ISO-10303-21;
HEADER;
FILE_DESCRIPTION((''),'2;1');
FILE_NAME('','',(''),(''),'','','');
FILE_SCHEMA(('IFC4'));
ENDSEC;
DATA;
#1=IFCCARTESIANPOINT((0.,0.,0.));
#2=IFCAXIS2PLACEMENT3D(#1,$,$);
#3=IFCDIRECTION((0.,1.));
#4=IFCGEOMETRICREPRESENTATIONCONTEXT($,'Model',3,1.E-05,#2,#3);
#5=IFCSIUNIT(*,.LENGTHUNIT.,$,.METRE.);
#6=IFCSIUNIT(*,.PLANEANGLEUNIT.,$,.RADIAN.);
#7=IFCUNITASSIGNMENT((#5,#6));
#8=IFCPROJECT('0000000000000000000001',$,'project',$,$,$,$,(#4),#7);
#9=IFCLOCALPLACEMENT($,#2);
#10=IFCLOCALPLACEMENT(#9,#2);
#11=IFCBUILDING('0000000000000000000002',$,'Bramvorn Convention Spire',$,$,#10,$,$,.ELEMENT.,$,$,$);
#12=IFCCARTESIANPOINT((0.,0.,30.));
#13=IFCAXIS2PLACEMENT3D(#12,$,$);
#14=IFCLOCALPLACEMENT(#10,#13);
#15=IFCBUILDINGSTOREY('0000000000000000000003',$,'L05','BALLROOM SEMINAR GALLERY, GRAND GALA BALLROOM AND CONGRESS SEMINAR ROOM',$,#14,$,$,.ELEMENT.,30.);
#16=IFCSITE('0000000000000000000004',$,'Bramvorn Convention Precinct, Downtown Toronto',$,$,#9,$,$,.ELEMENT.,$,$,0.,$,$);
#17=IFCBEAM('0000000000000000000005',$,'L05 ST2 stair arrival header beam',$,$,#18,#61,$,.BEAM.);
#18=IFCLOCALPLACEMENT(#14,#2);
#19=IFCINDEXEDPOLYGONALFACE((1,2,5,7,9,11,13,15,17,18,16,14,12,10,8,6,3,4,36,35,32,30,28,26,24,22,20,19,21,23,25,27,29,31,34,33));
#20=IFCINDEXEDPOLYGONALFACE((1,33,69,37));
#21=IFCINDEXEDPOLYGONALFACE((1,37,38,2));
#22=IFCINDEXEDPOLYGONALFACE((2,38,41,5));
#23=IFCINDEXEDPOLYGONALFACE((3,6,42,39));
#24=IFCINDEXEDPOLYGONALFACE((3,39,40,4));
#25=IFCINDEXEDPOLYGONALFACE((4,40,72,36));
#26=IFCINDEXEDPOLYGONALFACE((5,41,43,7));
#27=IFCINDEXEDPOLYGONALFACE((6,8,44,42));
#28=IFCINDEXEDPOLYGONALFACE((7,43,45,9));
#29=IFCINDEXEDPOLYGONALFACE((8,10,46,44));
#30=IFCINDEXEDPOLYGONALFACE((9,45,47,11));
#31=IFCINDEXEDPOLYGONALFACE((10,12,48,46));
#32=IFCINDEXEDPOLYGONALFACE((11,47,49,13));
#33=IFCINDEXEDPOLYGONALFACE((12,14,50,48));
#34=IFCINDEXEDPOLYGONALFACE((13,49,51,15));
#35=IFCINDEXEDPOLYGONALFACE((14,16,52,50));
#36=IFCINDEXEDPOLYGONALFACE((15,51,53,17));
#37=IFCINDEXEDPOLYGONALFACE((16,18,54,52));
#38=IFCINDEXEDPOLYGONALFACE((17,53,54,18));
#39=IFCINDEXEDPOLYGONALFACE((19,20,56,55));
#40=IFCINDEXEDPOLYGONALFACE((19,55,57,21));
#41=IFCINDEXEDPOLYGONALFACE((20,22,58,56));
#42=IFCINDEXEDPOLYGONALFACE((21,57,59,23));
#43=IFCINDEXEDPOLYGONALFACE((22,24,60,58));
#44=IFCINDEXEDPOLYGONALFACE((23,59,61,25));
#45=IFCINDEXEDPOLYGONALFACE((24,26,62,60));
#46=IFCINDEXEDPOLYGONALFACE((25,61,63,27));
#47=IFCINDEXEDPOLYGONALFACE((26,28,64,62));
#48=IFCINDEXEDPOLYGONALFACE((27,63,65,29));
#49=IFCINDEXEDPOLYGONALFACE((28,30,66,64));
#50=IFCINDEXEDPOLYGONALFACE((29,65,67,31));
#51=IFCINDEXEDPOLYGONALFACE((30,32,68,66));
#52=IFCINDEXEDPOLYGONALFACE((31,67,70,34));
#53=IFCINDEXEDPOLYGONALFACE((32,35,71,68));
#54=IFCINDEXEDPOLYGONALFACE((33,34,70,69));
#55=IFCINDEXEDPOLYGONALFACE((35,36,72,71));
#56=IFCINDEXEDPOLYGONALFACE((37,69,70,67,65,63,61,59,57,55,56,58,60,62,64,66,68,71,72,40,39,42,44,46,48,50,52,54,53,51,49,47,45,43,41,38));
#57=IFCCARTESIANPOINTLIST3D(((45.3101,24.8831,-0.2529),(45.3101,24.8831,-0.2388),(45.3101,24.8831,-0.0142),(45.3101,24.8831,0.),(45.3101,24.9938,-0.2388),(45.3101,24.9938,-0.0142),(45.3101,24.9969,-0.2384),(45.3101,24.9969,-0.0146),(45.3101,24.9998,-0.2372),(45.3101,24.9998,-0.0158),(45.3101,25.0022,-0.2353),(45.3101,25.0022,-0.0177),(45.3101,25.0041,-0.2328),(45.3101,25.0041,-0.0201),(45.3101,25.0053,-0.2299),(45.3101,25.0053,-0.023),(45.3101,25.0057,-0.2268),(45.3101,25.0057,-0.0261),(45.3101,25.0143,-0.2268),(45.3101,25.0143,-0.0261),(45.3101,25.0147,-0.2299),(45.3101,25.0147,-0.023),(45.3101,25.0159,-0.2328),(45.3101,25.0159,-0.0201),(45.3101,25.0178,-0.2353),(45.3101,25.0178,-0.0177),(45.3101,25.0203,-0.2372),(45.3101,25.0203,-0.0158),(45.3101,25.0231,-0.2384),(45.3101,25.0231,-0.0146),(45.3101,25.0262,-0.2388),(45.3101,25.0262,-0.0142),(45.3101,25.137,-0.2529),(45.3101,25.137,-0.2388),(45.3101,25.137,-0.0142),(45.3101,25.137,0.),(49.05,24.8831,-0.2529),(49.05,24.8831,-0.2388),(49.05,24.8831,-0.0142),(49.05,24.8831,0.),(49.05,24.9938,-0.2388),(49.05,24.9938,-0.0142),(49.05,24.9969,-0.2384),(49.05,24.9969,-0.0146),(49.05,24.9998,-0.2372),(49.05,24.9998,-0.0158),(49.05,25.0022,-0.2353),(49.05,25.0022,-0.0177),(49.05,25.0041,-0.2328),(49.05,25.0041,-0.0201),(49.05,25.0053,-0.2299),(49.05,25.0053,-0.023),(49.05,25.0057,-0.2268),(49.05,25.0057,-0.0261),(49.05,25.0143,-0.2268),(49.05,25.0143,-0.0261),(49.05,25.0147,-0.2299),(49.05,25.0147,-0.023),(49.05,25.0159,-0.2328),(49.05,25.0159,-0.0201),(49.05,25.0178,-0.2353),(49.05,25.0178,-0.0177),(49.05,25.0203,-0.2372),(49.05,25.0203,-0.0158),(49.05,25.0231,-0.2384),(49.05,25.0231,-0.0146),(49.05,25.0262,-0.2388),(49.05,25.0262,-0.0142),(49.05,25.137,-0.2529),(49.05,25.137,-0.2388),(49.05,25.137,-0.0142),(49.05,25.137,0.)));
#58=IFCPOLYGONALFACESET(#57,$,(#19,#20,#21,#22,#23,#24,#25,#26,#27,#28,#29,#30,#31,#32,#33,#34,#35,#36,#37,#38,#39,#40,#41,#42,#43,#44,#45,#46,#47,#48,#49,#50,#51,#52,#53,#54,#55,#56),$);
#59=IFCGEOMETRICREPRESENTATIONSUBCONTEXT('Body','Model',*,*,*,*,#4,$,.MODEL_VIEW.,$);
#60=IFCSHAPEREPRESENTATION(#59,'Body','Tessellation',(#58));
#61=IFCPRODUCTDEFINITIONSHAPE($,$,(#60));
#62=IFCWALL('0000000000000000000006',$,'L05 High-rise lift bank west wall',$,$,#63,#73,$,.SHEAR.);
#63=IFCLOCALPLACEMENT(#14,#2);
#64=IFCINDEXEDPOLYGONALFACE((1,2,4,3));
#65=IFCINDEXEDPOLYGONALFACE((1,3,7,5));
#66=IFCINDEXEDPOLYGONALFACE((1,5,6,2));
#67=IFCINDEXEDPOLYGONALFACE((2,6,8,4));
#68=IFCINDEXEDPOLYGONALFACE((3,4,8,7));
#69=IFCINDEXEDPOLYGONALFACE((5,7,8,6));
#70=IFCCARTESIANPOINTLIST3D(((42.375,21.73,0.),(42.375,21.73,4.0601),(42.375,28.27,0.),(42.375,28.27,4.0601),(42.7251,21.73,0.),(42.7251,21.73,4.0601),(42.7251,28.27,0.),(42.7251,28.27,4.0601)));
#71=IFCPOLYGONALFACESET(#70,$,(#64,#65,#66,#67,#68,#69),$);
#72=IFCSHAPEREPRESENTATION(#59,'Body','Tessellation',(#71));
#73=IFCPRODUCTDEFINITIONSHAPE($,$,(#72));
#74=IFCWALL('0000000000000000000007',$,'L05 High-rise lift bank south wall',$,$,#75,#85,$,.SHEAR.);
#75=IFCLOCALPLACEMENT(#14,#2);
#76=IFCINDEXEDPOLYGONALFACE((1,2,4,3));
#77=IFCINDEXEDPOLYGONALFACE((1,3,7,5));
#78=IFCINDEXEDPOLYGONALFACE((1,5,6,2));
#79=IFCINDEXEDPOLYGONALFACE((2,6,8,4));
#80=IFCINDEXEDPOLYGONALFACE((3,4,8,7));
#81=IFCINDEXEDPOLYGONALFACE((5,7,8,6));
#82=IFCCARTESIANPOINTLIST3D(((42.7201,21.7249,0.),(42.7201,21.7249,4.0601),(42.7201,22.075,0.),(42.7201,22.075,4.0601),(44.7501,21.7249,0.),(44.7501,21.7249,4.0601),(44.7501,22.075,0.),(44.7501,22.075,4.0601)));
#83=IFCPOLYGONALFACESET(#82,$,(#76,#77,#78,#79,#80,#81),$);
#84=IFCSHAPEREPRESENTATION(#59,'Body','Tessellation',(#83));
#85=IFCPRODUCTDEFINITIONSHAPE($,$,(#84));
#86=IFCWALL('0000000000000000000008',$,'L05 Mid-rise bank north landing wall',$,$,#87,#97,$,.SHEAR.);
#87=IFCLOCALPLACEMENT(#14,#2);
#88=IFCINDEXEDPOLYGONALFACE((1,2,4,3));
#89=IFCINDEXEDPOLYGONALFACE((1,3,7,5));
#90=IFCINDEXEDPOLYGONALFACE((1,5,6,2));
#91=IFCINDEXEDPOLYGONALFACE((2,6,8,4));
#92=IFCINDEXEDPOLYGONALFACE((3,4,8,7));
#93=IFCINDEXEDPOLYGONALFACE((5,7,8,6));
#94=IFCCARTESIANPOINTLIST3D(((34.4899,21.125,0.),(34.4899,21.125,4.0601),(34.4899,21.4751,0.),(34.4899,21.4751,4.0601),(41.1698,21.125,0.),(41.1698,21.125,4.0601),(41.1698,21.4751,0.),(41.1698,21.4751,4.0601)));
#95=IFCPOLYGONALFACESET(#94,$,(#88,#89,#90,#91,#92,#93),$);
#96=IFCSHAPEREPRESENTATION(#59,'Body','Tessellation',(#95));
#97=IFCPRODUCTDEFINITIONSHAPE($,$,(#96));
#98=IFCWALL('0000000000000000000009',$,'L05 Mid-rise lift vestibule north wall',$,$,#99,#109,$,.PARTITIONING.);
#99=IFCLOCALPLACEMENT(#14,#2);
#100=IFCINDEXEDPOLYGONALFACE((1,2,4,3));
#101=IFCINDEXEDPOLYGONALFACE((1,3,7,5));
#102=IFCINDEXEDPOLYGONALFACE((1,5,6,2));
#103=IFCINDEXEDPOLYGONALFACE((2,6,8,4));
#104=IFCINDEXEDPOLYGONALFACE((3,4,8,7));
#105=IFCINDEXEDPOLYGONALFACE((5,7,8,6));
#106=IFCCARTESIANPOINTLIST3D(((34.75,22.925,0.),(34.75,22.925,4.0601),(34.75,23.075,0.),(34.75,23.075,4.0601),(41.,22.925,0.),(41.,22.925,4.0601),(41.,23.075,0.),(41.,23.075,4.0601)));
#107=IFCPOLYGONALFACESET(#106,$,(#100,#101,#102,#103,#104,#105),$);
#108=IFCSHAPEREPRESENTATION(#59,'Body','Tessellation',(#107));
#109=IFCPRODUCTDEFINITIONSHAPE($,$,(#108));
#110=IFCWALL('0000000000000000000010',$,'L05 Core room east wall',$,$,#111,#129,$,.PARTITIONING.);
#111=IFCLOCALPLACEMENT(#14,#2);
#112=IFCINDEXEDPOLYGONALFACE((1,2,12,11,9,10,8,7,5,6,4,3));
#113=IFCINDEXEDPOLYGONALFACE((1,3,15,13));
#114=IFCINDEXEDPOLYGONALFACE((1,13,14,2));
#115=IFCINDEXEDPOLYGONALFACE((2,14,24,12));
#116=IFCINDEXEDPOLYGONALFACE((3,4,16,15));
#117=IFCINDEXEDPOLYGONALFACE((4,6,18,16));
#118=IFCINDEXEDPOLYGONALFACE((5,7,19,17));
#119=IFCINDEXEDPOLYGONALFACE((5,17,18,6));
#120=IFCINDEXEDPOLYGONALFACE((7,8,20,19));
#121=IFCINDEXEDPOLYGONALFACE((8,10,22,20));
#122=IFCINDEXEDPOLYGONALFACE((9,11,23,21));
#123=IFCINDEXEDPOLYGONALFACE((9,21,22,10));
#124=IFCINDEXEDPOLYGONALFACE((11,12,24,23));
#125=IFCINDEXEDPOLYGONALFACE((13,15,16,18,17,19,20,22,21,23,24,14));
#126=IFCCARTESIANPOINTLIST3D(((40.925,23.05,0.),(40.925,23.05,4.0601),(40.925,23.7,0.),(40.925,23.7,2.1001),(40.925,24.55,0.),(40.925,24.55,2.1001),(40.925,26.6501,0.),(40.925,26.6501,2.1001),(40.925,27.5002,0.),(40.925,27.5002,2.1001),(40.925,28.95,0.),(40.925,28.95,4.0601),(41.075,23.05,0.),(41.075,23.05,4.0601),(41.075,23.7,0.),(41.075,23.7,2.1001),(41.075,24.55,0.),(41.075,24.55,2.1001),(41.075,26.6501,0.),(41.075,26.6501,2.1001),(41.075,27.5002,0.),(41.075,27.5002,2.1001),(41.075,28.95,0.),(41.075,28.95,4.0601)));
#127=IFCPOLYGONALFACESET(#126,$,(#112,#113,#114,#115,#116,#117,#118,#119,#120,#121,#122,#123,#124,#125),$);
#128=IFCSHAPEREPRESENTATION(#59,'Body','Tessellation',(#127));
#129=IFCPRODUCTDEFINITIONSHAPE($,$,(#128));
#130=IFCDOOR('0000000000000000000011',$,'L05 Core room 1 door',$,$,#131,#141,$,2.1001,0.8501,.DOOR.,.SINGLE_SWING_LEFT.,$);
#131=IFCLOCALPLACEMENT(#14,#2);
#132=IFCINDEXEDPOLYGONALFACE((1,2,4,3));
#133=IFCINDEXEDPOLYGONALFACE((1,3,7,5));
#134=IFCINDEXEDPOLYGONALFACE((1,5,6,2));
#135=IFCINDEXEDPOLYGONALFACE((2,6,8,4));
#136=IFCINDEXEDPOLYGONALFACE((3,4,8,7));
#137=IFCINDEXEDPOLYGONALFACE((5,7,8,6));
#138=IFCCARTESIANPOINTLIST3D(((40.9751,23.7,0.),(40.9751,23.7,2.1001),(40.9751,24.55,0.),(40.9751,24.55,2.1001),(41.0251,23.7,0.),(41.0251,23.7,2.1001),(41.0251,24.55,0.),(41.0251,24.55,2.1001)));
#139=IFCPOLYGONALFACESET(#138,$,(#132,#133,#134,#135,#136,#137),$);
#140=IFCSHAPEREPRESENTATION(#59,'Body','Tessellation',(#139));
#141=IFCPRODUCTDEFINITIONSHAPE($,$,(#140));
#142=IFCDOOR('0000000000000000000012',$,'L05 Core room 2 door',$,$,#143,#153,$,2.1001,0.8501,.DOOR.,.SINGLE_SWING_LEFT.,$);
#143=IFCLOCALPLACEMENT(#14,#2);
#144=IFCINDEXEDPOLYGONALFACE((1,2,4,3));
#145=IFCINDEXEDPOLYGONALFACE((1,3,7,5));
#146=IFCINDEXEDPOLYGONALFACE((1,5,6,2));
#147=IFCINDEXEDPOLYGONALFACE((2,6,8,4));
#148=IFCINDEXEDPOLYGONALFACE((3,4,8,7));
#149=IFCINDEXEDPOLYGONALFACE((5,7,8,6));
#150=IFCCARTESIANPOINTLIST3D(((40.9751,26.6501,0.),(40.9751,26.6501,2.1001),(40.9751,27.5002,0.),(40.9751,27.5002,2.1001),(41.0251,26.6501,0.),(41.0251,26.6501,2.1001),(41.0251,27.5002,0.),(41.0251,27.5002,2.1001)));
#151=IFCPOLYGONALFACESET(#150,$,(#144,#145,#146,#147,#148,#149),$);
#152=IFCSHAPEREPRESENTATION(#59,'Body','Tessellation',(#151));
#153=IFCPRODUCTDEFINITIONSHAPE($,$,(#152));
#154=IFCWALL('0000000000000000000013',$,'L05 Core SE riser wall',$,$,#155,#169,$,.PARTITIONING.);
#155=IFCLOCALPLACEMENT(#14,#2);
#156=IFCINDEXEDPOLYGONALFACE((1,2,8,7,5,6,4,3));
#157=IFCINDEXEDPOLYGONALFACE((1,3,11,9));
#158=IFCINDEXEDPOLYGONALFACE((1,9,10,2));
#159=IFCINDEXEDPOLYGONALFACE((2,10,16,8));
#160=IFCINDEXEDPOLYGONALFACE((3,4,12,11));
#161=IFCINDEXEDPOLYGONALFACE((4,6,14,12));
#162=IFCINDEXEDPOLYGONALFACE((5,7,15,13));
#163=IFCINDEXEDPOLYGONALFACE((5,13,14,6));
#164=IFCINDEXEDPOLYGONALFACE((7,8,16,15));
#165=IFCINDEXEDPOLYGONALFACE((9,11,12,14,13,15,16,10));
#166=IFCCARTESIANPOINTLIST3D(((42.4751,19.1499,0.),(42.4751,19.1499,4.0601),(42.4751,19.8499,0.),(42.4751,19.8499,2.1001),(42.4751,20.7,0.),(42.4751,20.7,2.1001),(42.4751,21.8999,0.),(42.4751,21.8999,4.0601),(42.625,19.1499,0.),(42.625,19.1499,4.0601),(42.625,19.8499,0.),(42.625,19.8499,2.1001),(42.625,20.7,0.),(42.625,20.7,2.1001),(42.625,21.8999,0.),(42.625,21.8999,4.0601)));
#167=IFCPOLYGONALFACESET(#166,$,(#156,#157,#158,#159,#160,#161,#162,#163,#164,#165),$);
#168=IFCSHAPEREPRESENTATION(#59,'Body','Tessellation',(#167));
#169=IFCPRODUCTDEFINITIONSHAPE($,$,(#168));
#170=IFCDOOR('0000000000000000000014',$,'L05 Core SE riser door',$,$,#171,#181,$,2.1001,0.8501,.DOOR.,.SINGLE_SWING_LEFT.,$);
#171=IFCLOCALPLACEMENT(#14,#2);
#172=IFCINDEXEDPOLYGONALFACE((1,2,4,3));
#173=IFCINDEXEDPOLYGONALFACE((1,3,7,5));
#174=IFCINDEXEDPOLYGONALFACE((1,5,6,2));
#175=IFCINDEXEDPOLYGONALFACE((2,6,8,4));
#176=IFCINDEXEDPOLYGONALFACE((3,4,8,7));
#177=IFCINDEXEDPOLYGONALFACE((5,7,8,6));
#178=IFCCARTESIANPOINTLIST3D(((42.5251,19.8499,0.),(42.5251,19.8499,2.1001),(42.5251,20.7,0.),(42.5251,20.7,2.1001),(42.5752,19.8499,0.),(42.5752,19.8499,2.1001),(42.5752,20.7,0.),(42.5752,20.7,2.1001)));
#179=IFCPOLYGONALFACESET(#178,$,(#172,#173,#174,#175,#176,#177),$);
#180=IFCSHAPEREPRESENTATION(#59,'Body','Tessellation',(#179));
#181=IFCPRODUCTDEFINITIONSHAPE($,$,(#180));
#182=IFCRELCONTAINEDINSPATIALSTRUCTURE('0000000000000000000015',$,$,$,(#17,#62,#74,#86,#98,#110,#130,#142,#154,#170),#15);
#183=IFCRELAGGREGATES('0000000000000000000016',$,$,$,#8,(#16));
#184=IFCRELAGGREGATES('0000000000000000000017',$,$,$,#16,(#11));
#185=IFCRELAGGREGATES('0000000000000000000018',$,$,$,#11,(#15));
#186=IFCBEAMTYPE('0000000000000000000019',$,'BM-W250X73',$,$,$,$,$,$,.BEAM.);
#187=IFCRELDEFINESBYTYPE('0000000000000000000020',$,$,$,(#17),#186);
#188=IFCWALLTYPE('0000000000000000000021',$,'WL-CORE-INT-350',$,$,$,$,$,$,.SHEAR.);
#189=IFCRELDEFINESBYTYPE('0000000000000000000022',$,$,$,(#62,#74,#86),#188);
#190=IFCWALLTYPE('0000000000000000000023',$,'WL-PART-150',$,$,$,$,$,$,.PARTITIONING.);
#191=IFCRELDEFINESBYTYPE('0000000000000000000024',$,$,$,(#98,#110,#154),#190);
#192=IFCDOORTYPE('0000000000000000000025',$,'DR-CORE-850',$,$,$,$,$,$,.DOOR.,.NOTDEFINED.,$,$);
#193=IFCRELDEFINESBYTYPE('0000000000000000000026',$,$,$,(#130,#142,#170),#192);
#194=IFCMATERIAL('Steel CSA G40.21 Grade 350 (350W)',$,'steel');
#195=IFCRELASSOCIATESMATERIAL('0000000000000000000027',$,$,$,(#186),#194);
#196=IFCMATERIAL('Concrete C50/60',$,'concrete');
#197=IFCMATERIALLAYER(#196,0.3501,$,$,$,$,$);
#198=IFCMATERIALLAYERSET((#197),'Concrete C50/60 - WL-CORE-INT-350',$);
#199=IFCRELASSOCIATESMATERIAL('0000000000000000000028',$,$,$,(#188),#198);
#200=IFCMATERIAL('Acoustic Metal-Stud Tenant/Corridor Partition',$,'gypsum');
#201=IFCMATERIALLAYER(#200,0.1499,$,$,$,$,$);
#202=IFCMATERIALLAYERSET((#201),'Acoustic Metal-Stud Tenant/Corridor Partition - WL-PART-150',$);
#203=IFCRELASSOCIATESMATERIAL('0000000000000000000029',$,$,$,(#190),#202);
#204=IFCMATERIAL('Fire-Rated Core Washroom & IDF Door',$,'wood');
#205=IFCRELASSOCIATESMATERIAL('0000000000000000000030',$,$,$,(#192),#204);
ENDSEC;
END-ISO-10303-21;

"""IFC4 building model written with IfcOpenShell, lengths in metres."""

from ifc_helpers import new_model, si_unit, direction, frame, frame_2d, origin, origin_2d, place, context, subcontext, project, spatial, rectangle, i_section, extrude, material, layer, layer_set, material_profile, profile_set, type_object, element, fill, save


model = new_model("IFC4")

# Units and contexts
model_context = context("Model", 3, precision=1e-05, world=origin(), true_north=direction((0.0, 1.0)))
body_context = subcontext(model_context, "Body", "Model", "MODEL_VIEW")
ifc_project = project(units=[si_unit("LENGTHUNIT", "METRE"), si_unit("PLANEANGLEUNIT", "RADIAN")], contexts=[model_context])

# Site, building, storey
site_placement = place(None, origin())
site = spatial("IfcSite", under=ifc_project, at=site_placement, Name="Bramvorn Convention Precinct, Downtown Toronto", CompositionType="ELEMENT", RefElevation=0.0)
building_placement = place(site_placement, origin())
building = spatial("IfcBuilding", under=site, at=building_placement, Name="Bramvorn Convention Spire", CompositionType="ELEMENT")
storey_placement = place(building_placement, frame((0.0, 0.0, 30.0)))
storey = spatial("IfcBuildingStorey", under=building, at=storey_placement, Name="L05", Description="BALLROOM SEMINAR GALLERY, GRAND GALA BALLROOM AND CONGRESS SEMINAR ROOM", CompositionType="ELEMENT", Elevation=30.0)

# Beam
ifc_material_1 = material(Name="Steel CSA G40.21 Grade 350 (350W)", Category="steel")
ifc_material_profile = material_profile(ifc_material_1, i_section(OverallWidth=0.2539, OverallDepth=0.2529, WebThickness=0.0085, FlangeThickness=0.0142, FilletRadius=0.012, at=origin_2d()))
ifc_profile_set = profile_set([ifc_material_profile], Name="Steel CSA G40.21 Grade 350 (350W) - W250X73")
beam_type = type_object("IfcBeamType", Name="BM-W250X73", PredefinedType="BEAM", material=ifc_profile_set)
beam_placement = place(storey_placement, frame((45.3101, 25.01, -0.1265), z_axis=(1.0, 0.0, 0.0), x_axis=(0.0, 1.0, 0.0)))
element("IfcBeam", 1, at=beam_placement, inside=storey, type_object=beam_type, Name="L05 ST2 stair arrival header beam", PredefinedType="BEAM", context=body_context, shape_type="SweptSolid", body=[
    extrude(i_section(OverallWidth=0.2539, OverallDepth=0.2529, WebThickness=0.0085, FlangeThickness=0.0142, FilletRadius=0.012, at=origin_2d()), origin(), (0.0, 0.0, 1.0), 3.74),
])

# Walls
ifc_material_2 = material(Name="Concrete C50/60", Category="concrete")
ifc_layer_1 = layer(ifc_material_2, 0.3501)
ifc_layer_set_1 = layer_set([ifc_layer_1], Name="Concrete C50/60 - WL-CORE-INT-350")
wall_type_1 = type_object("IfcWallType", Name="WL-CORE-INT-350", PredefinedType="SHEAR", material=ifc_layer_set_1)
wall_1_placement = place(storey_placement, frame((42.55, 21.73, 0.0), z_axis=(0.0, 0.0, 1.0), x_axis=(0.0, 1.0, 0.0)))
element("IfcWall", 2, at=wall_1_placement, inside=storey, type_object=wall_type_1, Name="L05 High-rise lift bank west wall", PredefinedType="SHEAR", context=body_context, shape_type="SweptSolid", body=[
    extrude(rectangle(XDim=6.54, YDim=0.3501, at=frame_2d((3.27, 0.0))), origin(), (0.0, 0.0, 1.0), 4.0601),
])
wall_2_placement = place(storey_placement, frame((42.72, 21.8999, 0.0), z_axis=(0.0, 0.0, 1.0), x_axis=(1.0, 0.0, 0.0)))
element("IfcWall", 3, at=wall_2_placement, inside=storey, type_object=wall_type_1, Name="L05 High-rise lift bank south wall", PredefinedType="SHEAR", context=body_context, shape_type="SweptSolid", body=[
    extrude(rectangle(XDim=2.03, YDim=0.3501, at=frame_2d((1.0151, 0.0))), origin(), (0.0, 0.0, 1.0), 4.0601),
])
wall_3_placement = place(storey_placement, frame((34.49, 21.3, 0.0), z_axis=(0.0, 0.0, 1.0), x_axis=(1.0, 0.0, 0.0)))
element("IfcWall", 4, at=wall_3_placement, inside=storey, type_object=wall_type_1, Name="L05 Mid-rise bank north landing wall", PredefinedType="SHEAR", context=body_context, shape_type="SweptSolid", body=[
    extrude(rectangle(XDim=6.6799, YDim=0.3501, at=frame_2d((3.3398, 0.0))), origin(), (0.0, 0.0, 1.0), 4.0601),
])
ifc_material_3 = material(Name="Acoustic Metal-Stud Tenant/Corridor Partition", Category="gypsum")
ifc_layer_2 = layer(ifc_material_3, 0.1499)
ifc_layer_set_2 = layer_set([ifc_layer_2], Name="Acoustic Metal-Stud Tenant/Corridor Partition - WL-PART-150")
wall_type_2 = type_object("IfcWallType", Name="WL-PART-150", PredefinedType="PARTITIONING", material=ifc_layer_set_2)
wall_4_placement = place(storey_placement, frame((34.75, 23.0, 0.0), z_axis=(0.0, 0.0, 1.0), x_axis=(1.0, 0.0, 0.0)))
element("IfcWall", 5, at=wall_4_placement, inside=storey, type_object=wall_type_2, Name="L05 Mid-rise lift vestibule north wall", PredefinedType="PARTITIONING", context=body_context, shape_type="SweptSolid", body=[
    extrude(rectangle(XDim=6.25, YDim=0.1499, at=frame_2d((3.125, 0.0))), origin(), (0.0, 0.0, 1.0), 4.0601),
])

# Wall, openings, doors
wall_5_placement = place(storey_placement, frame((41.0, 23.05, 0.0), z_axis=(0.0, 0.0, 1.0), x_axis=(0.0, 1.0, 0.0)))
wall_5 = element("IfcWall", 6, at=wall_5_placement, inside=storey, type_object=wall_type_2, Name="L05 Core room east wall", PredefinedType="PARTITIONING", context=body_context, shape_type="SweptSolid", body=[
    extrude(rectangle(XDim=5.8999, YDim=0.1499, at=frame_2d((2.95, 0.0))), origin(), (0.0, 0.0, 1.0), 4.0601),
])
opening_1_placement = place(wall_5_placement, frame((0.6499, 0.0, 0.0)))
opening_1 = element("IfcOpeningElement", 7, at=opening_1_placement, cuts=wall_5, PredefinedType="OPENING", context=body_context, shape_type="SweptSolid", body=[
    extrude(rectangle(XDim=0.8501, YDim=2.1001, at=frame_2d((0.425, 1.05))), frame((0.0, 0.085, 0.0), z_axis=(0.0, -1.0, 0.0), x_axis=(1.0, 0.0, 0.0)), (0.0, 0.0, 1.0), 0.1699),
])
opening_2_placement = place(wall_5_placement, frame((3.6001, 0.0, 0.0)))
opening_2 = element("IfcOpeningElement", 8, at=opening_2_placement, cuts=wall_5, PredefinedType="OPENING", context=body_context, shape_type="SweptSolid", body=[
    extrude(rectangle(XDim=0.8501, YDim=2.1001, at=frame_2d((0.425, 1.05))), frame((0.0, 0.085, 0.0), z_axis=(0.0, -1.0, 0.0), x_axis=(1.0, 0.0, 0.0)), (0.0, 0.0, 1.0), 0.1699),
])
ifc_material_4 = material(Name="Fire-Rated Core Washroom & IDF Door", Category="wood")
door_type = type_object("IfcDoorType", Name="DR-CORE-850", OperationType="NOTDEFINED", PredefinedType="DOOR", material=ifc_material_4)
door_1_placement = place(opening_1_placement, origin())
door_1 = element("IfcDoor", 9, at=door_1_placement, inside=storey, type_object=door_type, Name="L05 Core room 1 door", OperationType="SINGLE_SWING_LEFT", OverallHeight=2.1001, OverallWidth=0.8501, PredefinedType="DOOR", context=body_context, shape_type="SweptSolid", body=[
    extrude(rectangle(XDim=0.8501, YDim=2.1001, at=frame_2d((0.425, 1.05))), frame((0.0, 0.0249, 0.0), z_axis=(0.0, -1.0, 0.0), x_axis=(1.0, 0.0, 0.0)), (0.0, 0.0, 1.0), 0.05),
])
fill(opening_1, door_1)
door_2_placement = place(opening_2_placement, origin())
door_2 = element("IfcDoor", 10, at=door_2_placement, inside=storey, type_object=door_type, Name="L05 Core room 2 door", OperationType="SINGLE_SWING_LEFT", OverallHeight=2.1001, OverallWidth=0.8501, PredefinedType="DOOR", context=body_context, shape_type="SweptSolid", body=[
    extrude(rectangle(XDim=0.8501, YDim=2.1001, at=frame_2d((0.425, 1.05))), frame((0.0, 0.0249, 0.0), z_axis=(0.0, -1.0, 0.0), x_axis=(1.0, 0.0, 0.0)), (0.0, 0.0, 1.0), 0.05),
])
fill(opening_2, door_2)

# Wall, opening, door
wall_6_placement = place(storey_placement, frame((42.55, 19.1499, 0.0), z_axis=(0.0, 0.0, 1.0), x_axis=(0.0, 1.0, 0.0)))
wall_6 = element("IfcWall", 11, at=wall_6_placement, inside=storey, type_object=wall_type_2, Name="L05 Core SE riser wall", PredefinedType="PARTITIONING", context=body_context, shape_type="SweptSolid", body=[
    extrude(rectangle(XDim=2.75, YDim=0.1499, at=frame_2d((1.375, 0.0))), origin(), (0.0, 0.0, 1.0), 4.0601),
])
opening_3_placement = place(wall_6_placement, frame((0.7, 0.0, 0.0)))
opening_3 = element("IfcOpeningElement", 12, at=opening_3_placement, cuts=wall_6, PredefinedType="OPENING", context=body_context, shape_type="SweptSolid", body=[
    extrude(rectangle(XDim=0.8501, YDim=2.1001, at=frame_2d((0.425, 1.05))), frame((0.0, 0.085, 0.0), z_axis=(0.0, -1.0, 0.0), x_axis=(1.0, 0.0, 0.0)), (0.0, 0.0, 1.0), 0.1699),
])
door_3_placement = place(opening_3_placement, origin())
door_3 = element("IfcDoor", 13, at=door_3_placement, inside=storey, type_object=door_type, Name="L05 Core SE riser door", OperationType="SINGLE_SWING_LEFT", OverallHeight=2.1001, OverallWidth=0.8501, PredefinedType="DOOR", context=body_context, shape_type="SweptSolid", body=[
    extrude(rectangle(XDim=0.8501, YDim=2.1001, at=frame_2d((0.425, 1.05))), frame((0.0, 0.0249, 0.0), z_axis=(0.0, -1.0, 0.0), x_axis=(1.0, 0.0, 0.0)), (0.0, 0.0, 1.0), 0.05),
])
fill(opening_3, door_3)

save(model, "model.ifc")
